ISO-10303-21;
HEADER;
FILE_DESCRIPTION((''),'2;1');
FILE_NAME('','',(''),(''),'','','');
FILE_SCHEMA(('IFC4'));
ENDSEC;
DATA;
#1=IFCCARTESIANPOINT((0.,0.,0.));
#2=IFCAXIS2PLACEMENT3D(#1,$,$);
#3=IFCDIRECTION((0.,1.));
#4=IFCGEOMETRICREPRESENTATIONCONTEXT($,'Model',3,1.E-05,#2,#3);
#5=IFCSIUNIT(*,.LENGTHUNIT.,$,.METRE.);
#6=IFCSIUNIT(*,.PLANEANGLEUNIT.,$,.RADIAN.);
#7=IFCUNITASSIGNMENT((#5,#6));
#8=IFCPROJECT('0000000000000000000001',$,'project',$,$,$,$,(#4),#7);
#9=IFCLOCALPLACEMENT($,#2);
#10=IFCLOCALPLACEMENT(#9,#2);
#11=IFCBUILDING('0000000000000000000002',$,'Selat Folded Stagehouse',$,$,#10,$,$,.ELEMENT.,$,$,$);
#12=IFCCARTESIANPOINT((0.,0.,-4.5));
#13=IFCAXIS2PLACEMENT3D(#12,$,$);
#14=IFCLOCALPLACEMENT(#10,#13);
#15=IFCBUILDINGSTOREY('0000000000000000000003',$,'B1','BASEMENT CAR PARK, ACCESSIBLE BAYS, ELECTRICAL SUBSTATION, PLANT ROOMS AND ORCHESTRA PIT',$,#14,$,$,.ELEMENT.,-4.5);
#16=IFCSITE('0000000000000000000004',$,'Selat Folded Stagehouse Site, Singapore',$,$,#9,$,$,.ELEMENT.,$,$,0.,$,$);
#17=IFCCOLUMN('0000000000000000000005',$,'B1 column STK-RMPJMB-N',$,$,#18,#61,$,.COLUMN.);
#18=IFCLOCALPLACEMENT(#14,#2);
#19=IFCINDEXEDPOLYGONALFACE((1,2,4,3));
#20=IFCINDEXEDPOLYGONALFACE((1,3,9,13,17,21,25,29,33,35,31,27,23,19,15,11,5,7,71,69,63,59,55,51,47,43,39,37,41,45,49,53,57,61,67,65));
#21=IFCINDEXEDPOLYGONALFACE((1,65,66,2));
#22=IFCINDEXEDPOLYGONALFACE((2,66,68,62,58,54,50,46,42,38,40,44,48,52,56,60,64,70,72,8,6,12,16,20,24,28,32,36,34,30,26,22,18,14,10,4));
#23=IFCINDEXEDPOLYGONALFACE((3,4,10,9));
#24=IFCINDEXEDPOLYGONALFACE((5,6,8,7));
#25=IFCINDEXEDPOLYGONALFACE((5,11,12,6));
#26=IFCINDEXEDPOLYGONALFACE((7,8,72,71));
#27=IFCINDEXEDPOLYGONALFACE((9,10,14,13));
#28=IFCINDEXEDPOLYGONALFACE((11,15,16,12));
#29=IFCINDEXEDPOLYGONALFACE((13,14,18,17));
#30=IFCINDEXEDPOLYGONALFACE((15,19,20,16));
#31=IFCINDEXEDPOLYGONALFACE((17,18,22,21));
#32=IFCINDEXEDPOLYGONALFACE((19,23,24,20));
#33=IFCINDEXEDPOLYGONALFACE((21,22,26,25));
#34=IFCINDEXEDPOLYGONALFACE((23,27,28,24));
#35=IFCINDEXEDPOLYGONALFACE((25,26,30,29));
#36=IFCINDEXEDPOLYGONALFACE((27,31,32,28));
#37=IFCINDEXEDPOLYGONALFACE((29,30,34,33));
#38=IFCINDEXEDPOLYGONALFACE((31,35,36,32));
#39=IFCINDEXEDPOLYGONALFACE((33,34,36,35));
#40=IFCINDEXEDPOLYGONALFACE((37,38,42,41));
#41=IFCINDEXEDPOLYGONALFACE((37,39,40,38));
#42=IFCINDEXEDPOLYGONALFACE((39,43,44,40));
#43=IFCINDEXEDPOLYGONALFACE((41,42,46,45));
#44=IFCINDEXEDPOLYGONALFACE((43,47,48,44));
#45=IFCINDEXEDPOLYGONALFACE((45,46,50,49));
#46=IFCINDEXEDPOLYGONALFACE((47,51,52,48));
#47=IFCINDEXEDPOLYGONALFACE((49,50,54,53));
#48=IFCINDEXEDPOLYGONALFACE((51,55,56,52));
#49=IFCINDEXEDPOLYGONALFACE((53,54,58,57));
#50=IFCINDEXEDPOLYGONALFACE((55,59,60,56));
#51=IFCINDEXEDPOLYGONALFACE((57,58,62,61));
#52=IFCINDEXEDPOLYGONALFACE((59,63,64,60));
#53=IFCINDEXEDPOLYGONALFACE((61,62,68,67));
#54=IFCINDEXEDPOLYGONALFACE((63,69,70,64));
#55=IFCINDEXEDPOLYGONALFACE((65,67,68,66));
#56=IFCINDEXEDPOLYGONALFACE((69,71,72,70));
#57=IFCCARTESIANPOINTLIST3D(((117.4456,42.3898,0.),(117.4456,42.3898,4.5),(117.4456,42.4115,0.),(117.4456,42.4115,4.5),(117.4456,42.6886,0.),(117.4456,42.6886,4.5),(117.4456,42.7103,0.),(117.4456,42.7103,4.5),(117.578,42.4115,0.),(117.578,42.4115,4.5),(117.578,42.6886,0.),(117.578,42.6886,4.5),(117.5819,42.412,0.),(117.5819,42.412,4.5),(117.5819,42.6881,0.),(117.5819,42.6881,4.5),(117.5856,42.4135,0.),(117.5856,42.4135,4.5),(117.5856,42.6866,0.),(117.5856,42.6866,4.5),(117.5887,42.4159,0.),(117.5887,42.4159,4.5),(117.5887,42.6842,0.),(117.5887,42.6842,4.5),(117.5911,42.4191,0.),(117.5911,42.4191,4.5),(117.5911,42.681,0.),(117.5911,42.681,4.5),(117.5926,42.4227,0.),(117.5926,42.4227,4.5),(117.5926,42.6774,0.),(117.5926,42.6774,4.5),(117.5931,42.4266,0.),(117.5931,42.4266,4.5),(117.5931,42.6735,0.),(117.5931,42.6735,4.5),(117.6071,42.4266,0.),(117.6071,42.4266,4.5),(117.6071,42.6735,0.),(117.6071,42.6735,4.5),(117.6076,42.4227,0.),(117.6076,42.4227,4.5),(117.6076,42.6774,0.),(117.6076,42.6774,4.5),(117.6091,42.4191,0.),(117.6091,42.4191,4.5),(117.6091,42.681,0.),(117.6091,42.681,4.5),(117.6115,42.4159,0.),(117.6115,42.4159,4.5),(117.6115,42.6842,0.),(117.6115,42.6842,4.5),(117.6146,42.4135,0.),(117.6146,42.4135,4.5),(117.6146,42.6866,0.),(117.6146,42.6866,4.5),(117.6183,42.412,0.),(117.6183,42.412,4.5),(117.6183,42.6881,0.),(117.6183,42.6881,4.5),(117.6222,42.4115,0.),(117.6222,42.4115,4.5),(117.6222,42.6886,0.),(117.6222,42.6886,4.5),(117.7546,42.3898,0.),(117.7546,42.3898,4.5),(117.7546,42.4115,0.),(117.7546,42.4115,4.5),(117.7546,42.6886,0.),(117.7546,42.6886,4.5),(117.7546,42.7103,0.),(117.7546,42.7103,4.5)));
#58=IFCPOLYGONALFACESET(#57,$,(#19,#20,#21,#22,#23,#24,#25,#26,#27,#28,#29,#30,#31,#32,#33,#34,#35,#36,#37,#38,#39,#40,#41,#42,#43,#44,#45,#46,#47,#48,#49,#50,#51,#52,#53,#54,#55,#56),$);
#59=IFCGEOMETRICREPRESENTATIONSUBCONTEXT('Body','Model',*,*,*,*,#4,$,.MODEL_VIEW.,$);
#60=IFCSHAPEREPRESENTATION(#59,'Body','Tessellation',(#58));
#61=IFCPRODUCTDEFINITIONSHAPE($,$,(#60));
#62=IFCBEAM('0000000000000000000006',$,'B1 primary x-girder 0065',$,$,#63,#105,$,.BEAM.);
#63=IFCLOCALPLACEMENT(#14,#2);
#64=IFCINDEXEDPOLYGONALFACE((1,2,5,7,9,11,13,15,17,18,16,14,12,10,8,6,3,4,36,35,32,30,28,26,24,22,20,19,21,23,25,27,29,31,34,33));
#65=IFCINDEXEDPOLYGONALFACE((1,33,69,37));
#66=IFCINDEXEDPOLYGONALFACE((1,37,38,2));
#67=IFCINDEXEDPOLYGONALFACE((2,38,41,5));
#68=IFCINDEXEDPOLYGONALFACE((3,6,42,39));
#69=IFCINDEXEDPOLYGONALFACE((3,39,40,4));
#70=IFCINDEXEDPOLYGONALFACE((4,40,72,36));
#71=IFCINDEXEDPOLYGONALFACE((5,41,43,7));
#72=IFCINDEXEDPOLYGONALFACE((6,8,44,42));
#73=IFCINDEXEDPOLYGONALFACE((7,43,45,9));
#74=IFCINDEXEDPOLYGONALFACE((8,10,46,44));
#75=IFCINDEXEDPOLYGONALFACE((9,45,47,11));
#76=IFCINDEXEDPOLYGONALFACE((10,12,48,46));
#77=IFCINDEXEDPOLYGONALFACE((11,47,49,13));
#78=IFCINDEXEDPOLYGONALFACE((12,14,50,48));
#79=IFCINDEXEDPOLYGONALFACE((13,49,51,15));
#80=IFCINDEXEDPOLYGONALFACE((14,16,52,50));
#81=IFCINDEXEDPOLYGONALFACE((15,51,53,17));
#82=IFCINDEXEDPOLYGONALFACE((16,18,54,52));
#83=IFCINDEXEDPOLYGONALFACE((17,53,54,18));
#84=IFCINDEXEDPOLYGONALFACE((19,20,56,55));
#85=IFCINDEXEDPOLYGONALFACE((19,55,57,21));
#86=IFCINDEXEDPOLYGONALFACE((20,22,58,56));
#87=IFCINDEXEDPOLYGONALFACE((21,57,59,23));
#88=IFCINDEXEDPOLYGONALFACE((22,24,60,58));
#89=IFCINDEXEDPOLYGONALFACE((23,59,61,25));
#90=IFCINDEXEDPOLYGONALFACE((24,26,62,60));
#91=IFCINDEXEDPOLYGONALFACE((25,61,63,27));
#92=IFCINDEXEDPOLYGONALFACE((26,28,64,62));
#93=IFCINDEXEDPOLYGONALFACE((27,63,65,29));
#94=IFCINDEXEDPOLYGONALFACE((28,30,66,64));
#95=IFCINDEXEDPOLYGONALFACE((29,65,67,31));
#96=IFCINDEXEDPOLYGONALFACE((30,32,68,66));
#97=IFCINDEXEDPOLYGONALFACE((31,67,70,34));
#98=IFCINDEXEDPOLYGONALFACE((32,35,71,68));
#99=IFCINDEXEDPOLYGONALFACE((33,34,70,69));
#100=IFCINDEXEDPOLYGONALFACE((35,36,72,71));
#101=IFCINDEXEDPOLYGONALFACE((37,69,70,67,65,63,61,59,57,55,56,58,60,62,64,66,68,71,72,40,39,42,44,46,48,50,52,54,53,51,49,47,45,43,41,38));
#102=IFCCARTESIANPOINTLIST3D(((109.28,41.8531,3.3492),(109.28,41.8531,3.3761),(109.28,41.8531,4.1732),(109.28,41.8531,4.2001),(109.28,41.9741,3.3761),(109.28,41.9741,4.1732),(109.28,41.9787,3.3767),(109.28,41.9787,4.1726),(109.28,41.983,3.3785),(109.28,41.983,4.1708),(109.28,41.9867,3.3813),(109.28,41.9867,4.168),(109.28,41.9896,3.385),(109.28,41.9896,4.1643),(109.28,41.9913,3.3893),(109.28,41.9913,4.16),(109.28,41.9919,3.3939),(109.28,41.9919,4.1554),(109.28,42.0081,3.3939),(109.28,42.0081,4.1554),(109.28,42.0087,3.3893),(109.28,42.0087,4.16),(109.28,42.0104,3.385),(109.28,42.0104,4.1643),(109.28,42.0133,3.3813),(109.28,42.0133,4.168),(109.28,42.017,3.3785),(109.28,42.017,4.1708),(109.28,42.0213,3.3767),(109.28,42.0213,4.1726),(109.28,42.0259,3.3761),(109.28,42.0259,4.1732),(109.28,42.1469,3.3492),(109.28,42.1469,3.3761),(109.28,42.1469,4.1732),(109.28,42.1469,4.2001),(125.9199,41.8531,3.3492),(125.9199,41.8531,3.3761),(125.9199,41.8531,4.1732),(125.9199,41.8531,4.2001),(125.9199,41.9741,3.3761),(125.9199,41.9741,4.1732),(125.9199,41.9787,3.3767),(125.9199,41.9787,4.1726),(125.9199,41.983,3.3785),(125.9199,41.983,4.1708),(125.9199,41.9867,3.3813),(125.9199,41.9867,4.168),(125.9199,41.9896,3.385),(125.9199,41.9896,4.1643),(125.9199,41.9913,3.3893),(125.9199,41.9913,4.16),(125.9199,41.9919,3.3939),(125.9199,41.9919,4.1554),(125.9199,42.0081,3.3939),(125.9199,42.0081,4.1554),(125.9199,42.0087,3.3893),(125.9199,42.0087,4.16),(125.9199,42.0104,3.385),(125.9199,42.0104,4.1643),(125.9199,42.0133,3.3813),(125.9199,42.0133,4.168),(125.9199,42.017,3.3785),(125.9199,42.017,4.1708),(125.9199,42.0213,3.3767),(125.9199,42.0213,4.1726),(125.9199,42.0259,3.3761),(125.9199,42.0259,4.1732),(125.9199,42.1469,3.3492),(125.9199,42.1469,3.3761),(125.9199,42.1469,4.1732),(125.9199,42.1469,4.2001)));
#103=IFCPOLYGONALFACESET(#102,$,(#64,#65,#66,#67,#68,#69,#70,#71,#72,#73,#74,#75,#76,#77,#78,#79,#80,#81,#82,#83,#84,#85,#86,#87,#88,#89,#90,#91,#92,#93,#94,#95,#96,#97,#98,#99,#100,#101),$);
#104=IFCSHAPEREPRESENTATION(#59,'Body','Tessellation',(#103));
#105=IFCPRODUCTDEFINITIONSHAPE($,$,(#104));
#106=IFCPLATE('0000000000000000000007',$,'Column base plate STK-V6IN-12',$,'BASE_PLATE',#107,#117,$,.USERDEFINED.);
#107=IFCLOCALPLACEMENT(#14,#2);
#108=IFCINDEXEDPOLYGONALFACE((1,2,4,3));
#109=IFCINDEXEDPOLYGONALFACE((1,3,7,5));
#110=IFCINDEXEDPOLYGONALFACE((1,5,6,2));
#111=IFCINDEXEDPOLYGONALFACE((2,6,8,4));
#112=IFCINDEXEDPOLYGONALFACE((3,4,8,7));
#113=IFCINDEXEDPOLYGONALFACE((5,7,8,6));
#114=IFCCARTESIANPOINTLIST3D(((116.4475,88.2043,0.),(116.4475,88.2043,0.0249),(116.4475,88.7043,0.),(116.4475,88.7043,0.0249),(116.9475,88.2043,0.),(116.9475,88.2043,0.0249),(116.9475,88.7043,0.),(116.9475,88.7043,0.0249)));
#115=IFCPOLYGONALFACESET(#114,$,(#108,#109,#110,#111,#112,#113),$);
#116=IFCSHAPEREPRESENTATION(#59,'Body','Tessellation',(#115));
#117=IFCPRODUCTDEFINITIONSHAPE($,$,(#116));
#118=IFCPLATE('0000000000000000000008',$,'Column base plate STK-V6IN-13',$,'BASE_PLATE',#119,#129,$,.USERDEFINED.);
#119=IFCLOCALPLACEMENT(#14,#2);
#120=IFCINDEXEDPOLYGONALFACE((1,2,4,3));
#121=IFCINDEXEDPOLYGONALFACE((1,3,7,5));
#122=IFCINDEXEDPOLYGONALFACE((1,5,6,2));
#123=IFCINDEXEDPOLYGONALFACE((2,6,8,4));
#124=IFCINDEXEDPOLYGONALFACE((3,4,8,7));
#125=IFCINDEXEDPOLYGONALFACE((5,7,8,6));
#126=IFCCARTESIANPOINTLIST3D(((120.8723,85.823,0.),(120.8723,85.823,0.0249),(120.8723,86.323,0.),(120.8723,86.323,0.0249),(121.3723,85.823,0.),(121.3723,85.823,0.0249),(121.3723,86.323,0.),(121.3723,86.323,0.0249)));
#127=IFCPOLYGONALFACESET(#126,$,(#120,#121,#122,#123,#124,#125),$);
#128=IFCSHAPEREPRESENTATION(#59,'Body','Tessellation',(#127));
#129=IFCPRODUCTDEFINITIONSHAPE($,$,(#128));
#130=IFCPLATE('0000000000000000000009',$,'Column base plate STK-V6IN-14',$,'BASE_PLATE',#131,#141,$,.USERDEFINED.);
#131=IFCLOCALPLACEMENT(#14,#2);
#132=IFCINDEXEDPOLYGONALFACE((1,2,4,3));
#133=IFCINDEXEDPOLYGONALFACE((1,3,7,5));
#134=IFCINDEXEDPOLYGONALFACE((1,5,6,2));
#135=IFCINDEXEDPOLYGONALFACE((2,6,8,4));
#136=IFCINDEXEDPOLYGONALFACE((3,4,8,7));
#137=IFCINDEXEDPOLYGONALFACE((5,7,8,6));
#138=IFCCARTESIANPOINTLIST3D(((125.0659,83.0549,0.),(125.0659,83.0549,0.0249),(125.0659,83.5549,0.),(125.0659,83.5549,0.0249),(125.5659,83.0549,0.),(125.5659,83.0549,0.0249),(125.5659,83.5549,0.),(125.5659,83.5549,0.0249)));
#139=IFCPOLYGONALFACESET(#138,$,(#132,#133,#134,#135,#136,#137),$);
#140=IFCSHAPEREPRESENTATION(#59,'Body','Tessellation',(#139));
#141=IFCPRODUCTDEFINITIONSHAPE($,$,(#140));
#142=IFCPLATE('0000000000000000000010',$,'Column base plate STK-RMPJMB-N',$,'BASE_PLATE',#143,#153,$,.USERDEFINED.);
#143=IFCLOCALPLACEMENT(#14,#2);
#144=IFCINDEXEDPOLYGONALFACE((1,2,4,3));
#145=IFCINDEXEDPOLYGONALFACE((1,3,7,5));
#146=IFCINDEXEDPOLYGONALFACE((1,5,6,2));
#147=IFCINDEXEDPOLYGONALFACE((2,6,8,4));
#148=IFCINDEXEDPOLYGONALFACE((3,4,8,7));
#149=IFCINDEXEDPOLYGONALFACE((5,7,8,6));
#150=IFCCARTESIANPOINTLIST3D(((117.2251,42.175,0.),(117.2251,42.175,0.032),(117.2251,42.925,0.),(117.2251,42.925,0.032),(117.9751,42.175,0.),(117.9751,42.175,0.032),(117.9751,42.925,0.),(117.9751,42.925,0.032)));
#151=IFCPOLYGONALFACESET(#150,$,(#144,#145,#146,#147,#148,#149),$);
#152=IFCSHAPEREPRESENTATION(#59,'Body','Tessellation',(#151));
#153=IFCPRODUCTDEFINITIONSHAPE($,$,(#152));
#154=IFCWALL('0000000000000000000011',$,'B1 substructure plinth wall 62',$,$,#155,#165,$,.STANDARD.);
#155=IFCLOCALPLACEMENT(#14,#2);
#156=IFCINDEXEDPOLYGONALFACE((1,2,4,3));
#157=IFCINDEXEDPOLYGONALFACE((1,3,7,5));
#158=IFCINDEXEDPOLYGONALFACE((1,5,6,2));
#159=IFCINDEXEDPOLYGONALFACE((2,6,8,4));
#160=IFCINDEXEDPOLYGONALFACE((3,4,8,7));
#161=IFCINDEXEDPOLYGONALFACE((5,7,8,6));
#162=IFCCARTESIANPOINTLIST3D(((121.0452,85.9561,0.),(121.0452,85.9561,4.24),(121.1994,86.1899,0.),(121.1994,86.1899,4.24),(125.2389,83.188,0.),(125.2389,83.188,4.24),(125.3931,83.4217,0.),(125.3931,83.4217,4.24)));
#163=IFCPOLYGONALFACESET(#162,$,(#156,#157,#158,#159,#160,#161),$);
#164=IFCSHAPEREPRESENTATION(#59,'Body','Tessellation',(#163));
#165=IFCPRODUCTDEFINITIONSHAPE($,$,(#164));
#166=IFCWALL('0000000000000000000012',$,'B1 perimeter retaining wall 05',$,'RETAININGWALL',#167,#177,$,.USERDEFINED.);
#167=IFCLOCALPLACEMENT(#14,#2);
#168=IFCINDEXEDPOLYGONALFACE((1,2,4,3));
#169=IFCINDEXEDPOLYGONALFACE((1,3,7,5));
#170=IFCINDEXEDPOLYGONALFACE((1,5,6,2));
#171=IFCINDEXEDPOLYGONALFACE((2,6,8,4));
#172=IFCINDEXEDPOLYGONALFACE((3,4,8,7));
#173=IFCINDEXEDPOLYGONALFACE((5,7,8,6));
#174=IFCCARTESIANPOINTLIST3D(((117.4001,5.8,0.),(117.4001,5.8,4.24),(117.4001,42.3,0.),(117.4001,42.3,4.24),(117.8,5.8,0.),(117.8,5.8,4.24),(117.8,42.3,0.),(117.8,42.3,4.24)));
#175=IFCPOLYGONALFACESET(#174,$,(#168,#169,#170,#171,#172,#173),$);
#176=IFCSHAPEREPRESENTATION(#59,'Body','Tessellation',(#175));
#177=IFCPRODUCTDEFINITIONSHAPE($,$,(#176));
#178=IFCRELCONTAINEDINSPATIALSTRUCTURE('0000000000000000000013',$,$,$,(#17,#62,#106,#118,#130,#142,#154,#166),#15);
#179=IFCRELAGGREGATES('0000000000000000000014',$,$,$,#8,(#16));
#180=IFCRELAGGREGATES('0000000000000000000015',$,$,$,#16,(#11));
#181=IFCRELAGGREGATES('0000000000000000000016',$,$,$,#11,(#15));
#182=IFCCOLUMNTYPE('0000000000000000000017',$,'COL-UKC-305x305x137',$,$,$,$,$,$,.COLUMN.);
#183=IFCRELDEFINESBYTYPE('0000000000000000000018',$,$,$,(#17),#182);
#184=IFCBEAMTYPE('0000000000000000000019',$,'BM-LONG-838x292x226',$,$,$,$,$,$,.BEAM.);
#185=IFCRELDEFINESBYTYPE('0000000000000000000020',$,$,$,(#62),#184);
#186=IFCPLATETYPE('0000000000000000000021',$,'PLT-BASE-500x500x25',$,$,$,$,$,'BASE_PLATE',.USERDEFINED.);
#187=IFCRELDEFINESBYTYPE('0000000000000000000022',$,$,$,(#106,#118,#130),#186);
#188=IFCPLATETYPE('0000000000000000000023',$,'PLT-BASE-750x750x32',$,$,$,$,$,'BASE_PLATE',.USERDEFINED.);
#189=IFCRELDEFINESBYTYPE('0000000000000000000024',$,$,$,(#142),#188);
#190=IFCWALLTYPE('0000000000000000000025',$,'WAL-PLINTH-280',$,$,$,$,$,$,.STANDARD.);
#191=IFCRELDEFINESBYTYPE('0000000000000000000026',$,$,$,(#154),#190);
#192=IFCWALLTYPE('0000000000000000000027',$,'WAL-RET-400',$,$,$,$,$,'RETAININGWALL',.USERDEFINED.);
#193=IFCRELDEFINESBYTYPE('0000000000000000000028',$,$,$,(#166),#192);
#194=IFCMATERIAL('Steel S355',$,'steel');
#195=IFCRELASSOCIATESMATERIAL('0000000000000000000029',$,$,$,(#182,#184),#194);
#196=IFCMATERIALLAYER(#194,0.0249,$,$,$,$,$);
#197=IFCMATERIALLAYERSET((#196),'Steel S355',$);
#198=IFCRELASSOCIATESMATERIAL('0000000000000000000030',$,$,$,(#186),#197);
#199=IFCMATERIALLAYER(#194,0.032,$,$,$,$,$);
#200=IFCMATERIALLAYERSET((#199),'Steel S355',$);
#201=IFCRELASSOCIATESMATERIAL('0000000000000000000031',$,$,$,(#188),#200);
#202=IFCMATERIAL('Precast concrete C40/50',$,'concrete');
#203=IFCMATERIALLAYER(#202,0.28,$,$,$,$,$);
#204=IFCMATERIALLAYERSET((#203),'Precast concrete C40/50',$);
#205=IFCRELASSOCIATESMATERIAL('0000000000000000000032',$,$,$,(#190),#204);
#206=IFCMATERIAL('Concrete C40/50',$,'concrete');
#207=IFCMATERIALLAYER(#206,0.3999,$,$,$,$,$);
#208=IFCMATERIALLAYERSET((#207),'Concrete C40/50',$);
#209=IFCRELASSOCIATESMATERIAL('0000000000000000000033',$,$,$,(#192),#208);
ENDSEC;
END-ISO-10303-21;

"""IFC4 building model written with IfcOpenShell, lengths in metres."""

from ifc_helpers import new_model, si_unit, direction, frame, frame_2d, origin, origin_2d, place, context, subcontext, project, spatial, rectangle, i_section, extrude, material, layer, layer_set, material_profile, profile_set, type_object, element, save


model = new_model("IFC4")

# Units and contexts
model_context = context("Model", 3, precision=1e-05, world=origin(), true_north=direction((0.0, 1.0)))
body_context = subcontext(model_context, "Body", "Model", "MODEL_VIEW")
ifc_project = project(units=[si_unit("LENGTHUNIT", "METRE"), si_unit("PLANEANGLEUNIT", "RADIAN")], contexts=[model_context])

# Site, building, storey
site_placement = place(None, origin())
site = spatial("IfcSite", under=ifc_project, at=site_placement, Name="Selat Folded Stagehouse Site, Singapore", CompositionType="ELEMENT", RefElevation=0.0)
building_placement = place(site_placement, origin())
building = spatial("IfcBuilding", under=site, at=building_placement, Name="Selat Folded Stagehouse", CompositionType="ELEMENT")
storey_placement = place(building_placement, frame((0.0, 0.0, -4.5)))
storey = spatial("IfcBuildingStorey", under=building, at=storey_placement, Name="B1", Description="BASEMENT CAR PARK, ACCESSIBLE BAYS, ELECTRICAL SUBSTATION, PLANT ROOMS AND ORCHESTRA PIT", CompositionType="ELEMENT", Elevation=-4.5)

# Shared definitions
ifc_material_1 = material(Name="Concrete C40/50", Category="concrete")

# Column
ifc_material_2 = material(Name="Steel S355", Category="steel")
ifc_material_profile_1 = material_profile(ifc_material_2, i_section(OverallWidth=0.3091, OverallDepth=0.3206, WebThickness=0.0139, FlangeThickness=0.0217, FilletRadius=0.0151, at=origin_2d()), Name="UKC 305x305x137")
ifc_profile_set_1 = profile_set([ifc_material_profile_1], Name="Steel S355")
column_type_1 = type_object("IfcColumnType", Name="COL-UKC-305x305x137", PredefinedType="COLUMN", material=ifc_profile_set_1)
column_placement = place(storey_placement, frame((117.6001, 42.55, 0.0), z_axis=(0.0, 0.0, 1.0), x_axis=(1.0, 0.0, 0.0)))
element("IfcColumn", 1, at=column_placement, inside=storey, type_object=column_type_1, Name="B1 column STK-RMPJMB-N", PredefinedType="COLUMN", context=body_context, shape_type="SweptSolid", body=[
    extrude(i_section(OverallWidth=0.3091, OverallDepth=0.3206, WebThickness=0.0139, FlangeThickness=0.0217, FilletRadius=0.0151, at=origin_2d()), origin(), (0.0, 0.0, 1.0), 4.5),
])

# Beam
ifc_material_profile_2 = material_profile(ifc_material_2, i_section(OverallWidth=0.2937, OverallDepth=0.8508, WebThickness=0.0161, FlangeThickness=0.0269, FilletRadius=0.0178, at=origin_2d()), Name="UKB 838x292x226")
ifc_profile_set_2 = profile_set([ifc_material_profile_2], Name="Steel S355")
beam_type = type_object("IfcBeamType", Name="BM-LONG-838x292x226", PredefinedType="BEAM", material=ifc_profile_set_2)
beam_placement = place(storey_placement, frame((109.28, 42.0, 3.7747), z_axis=(1.0, 0.0, 0.0), x_axis=(0.0, 1.0, 0.0)))
element("IfcBeam", 2, at=beam_placement, inside=storey, type_object=beam_type, Name="B1 primary x-girder 0065", PredefinedType="BEAM", context=body_context, shape_type="SweptSolid", body=[
    extrude(i_section(OverallWidth=0.2937, OverallDepth=0.8508, WebThickness=0.0161, FlangeThickness=0.0269, FilletRadius=0.0178, at=origin_2d()), origin(), (0.0, 0.0, 1.0), 16.6399),
])

# Plates
ifc_layer_1 = layer(ifc_material_2, 0.0249)
ifc_layer_set_1 = layer_set([ifc_layer_1], Name="Steel S355")
plate_type_1 = type_object("IfcPlateType", Name="PLT-BASE-500x500x25", ElementType="BASE_PLATE", PredefinedType="USERDEFINED", material=ifc_layer_set_1)
for number, where, z_axis, x_axis, name in (
    (3, (116.6975, 88.4543, 0.0), (0.0, 0.0, 1.0), (1.0, 0.0, 0.0), "Column base plate STK-V6IN-12"),
    (4, (121.1223, 86.073, 0.0), (0.0, 0.0, 1.0), (1.0, 0.0, 0.0), "Column base plate STK-V6IN-13"),
    (5, (125.3159, 83.3049, 0.0), (0.0, 0.0, 1.0), (1.0, 0.0, 0.0), "Column base plate STK-V6IN-14"),
):
    element("IfcPlate", number, at=place(storey_placement, frame(where, z_axis=z_axis, x_axis=x_axis)), inside=storey, type_object=plate_type_1, Name=name, ObjectType="BASE_PLATE", PredefinedType="USERDEFINED", context=body_context, shape_type="SweptSolid", body=[
        extrude(rectangle(XDim=0.5, YDim=0.5, at=origin_2d()), origin(), (0.0, 0.0, 1.0), 0.0249),
    ])
ifc_layer_2 = layer(ifc_material_2, 0.032)
ifc_layer_set_2 = layer_set([ifc_layer_2], Name="Steel S355")
plate_type_2 = type_object("IfcPlateType", Name="PLT-BASE-750x750x32", ElementType="BASE_PLATE", PredefinedType="USERDEFINED", material=ifc_layer_set_2)
plate_placement = place(storey_placement, frame((117.6001, 42.55, 0.0), z_axis=(0.0, 0.0, 1.0), x_axis=(1.0, 0.0, 0.0)))
element("IfcPlate", 6, at=plate_placement, inside=storey, type_object=plate_type_2, Name="Column base plate STK-RMPJMB-N", ObjectType="BASE_PLATE", PredefinedType="USERDEFINED", context=body_context, shape_type="SweptSolid", body=[
    extrude(rectangle(XDim=0.75, YDim=0.75, at=origin_2d()), origin(), (0.0, 0.0, 1.0), 0.032),
])

# Walls
ifc_material_3 = material(Name="Precast concrete C40/50", Category="concrete")
ifc_layer_3 = layer(ifc_material_3, 0.28)
ifc_layer_set_3 = layer_set([ifc_layer_3], Name="Precast concrete C40/50")
wall_type_1 = type_object("IfcWallType", Name="WAL-PLINTH-280", PredefinedType="STANDARD", material=ifc_layer_set_3)
wall_1_placement = place(storey_placement, frame((121.1223, 86.073, 0.0), z_axis=(0.0, 0.0, 1.0), x_axis=(0.834583, -0.550882, 0.0)))
element("IfcWall", 7, at=wall_1_placement, inside=storey, type_object=wall_type_1, Name="B1 substructure plinth wall 62", PredefinedType="STANDARD", context=body_context, shape_type="SweptSolid", body=[
    extrude(rectangle(XDim=5.0249, YDim=0.28, at=frame_2d((2.5125, 0.0))), origin(), (0.0, 0.0, 1.0), 4.24),
])
ifc_layer_4 = layer(ifc_material_1, 0.3999)
ifc_layer_set_4 = layer_set([ifc_layer_4], Name="Concrete C40/50")
wall_type_2 = type_object("IfcWallType", Name="WAL-RET-400", ElementType="RETAININGWALL", PredefinedType="USERDEFINED", material=ifc_layer_set_4)
wall_2_placement = place(storey_placement, frame((117.6001, 42.3, 0.0), z_axis=(0.0, 0.0, 1.0), x_axis=(0.0, -1.0, 0.0)))
element("IfcWall", 8, at=wall_2_placement, inside=storey, type_object=wall_type_2, Name="B1 perimeter retaining wall 05", ObjectType="RETAININGWALL", PredefinedType="USERDEFINED", context=body_context, shape_type="SweptSolid", body=[
    extrude(rectangle(XDim=36.5, YDim=0.3999, at=frame_2d((18.25, 0.0))), origin(), (0.0, 0.0, 1.0), 4.24),
])

save(model, "model.ifc")
